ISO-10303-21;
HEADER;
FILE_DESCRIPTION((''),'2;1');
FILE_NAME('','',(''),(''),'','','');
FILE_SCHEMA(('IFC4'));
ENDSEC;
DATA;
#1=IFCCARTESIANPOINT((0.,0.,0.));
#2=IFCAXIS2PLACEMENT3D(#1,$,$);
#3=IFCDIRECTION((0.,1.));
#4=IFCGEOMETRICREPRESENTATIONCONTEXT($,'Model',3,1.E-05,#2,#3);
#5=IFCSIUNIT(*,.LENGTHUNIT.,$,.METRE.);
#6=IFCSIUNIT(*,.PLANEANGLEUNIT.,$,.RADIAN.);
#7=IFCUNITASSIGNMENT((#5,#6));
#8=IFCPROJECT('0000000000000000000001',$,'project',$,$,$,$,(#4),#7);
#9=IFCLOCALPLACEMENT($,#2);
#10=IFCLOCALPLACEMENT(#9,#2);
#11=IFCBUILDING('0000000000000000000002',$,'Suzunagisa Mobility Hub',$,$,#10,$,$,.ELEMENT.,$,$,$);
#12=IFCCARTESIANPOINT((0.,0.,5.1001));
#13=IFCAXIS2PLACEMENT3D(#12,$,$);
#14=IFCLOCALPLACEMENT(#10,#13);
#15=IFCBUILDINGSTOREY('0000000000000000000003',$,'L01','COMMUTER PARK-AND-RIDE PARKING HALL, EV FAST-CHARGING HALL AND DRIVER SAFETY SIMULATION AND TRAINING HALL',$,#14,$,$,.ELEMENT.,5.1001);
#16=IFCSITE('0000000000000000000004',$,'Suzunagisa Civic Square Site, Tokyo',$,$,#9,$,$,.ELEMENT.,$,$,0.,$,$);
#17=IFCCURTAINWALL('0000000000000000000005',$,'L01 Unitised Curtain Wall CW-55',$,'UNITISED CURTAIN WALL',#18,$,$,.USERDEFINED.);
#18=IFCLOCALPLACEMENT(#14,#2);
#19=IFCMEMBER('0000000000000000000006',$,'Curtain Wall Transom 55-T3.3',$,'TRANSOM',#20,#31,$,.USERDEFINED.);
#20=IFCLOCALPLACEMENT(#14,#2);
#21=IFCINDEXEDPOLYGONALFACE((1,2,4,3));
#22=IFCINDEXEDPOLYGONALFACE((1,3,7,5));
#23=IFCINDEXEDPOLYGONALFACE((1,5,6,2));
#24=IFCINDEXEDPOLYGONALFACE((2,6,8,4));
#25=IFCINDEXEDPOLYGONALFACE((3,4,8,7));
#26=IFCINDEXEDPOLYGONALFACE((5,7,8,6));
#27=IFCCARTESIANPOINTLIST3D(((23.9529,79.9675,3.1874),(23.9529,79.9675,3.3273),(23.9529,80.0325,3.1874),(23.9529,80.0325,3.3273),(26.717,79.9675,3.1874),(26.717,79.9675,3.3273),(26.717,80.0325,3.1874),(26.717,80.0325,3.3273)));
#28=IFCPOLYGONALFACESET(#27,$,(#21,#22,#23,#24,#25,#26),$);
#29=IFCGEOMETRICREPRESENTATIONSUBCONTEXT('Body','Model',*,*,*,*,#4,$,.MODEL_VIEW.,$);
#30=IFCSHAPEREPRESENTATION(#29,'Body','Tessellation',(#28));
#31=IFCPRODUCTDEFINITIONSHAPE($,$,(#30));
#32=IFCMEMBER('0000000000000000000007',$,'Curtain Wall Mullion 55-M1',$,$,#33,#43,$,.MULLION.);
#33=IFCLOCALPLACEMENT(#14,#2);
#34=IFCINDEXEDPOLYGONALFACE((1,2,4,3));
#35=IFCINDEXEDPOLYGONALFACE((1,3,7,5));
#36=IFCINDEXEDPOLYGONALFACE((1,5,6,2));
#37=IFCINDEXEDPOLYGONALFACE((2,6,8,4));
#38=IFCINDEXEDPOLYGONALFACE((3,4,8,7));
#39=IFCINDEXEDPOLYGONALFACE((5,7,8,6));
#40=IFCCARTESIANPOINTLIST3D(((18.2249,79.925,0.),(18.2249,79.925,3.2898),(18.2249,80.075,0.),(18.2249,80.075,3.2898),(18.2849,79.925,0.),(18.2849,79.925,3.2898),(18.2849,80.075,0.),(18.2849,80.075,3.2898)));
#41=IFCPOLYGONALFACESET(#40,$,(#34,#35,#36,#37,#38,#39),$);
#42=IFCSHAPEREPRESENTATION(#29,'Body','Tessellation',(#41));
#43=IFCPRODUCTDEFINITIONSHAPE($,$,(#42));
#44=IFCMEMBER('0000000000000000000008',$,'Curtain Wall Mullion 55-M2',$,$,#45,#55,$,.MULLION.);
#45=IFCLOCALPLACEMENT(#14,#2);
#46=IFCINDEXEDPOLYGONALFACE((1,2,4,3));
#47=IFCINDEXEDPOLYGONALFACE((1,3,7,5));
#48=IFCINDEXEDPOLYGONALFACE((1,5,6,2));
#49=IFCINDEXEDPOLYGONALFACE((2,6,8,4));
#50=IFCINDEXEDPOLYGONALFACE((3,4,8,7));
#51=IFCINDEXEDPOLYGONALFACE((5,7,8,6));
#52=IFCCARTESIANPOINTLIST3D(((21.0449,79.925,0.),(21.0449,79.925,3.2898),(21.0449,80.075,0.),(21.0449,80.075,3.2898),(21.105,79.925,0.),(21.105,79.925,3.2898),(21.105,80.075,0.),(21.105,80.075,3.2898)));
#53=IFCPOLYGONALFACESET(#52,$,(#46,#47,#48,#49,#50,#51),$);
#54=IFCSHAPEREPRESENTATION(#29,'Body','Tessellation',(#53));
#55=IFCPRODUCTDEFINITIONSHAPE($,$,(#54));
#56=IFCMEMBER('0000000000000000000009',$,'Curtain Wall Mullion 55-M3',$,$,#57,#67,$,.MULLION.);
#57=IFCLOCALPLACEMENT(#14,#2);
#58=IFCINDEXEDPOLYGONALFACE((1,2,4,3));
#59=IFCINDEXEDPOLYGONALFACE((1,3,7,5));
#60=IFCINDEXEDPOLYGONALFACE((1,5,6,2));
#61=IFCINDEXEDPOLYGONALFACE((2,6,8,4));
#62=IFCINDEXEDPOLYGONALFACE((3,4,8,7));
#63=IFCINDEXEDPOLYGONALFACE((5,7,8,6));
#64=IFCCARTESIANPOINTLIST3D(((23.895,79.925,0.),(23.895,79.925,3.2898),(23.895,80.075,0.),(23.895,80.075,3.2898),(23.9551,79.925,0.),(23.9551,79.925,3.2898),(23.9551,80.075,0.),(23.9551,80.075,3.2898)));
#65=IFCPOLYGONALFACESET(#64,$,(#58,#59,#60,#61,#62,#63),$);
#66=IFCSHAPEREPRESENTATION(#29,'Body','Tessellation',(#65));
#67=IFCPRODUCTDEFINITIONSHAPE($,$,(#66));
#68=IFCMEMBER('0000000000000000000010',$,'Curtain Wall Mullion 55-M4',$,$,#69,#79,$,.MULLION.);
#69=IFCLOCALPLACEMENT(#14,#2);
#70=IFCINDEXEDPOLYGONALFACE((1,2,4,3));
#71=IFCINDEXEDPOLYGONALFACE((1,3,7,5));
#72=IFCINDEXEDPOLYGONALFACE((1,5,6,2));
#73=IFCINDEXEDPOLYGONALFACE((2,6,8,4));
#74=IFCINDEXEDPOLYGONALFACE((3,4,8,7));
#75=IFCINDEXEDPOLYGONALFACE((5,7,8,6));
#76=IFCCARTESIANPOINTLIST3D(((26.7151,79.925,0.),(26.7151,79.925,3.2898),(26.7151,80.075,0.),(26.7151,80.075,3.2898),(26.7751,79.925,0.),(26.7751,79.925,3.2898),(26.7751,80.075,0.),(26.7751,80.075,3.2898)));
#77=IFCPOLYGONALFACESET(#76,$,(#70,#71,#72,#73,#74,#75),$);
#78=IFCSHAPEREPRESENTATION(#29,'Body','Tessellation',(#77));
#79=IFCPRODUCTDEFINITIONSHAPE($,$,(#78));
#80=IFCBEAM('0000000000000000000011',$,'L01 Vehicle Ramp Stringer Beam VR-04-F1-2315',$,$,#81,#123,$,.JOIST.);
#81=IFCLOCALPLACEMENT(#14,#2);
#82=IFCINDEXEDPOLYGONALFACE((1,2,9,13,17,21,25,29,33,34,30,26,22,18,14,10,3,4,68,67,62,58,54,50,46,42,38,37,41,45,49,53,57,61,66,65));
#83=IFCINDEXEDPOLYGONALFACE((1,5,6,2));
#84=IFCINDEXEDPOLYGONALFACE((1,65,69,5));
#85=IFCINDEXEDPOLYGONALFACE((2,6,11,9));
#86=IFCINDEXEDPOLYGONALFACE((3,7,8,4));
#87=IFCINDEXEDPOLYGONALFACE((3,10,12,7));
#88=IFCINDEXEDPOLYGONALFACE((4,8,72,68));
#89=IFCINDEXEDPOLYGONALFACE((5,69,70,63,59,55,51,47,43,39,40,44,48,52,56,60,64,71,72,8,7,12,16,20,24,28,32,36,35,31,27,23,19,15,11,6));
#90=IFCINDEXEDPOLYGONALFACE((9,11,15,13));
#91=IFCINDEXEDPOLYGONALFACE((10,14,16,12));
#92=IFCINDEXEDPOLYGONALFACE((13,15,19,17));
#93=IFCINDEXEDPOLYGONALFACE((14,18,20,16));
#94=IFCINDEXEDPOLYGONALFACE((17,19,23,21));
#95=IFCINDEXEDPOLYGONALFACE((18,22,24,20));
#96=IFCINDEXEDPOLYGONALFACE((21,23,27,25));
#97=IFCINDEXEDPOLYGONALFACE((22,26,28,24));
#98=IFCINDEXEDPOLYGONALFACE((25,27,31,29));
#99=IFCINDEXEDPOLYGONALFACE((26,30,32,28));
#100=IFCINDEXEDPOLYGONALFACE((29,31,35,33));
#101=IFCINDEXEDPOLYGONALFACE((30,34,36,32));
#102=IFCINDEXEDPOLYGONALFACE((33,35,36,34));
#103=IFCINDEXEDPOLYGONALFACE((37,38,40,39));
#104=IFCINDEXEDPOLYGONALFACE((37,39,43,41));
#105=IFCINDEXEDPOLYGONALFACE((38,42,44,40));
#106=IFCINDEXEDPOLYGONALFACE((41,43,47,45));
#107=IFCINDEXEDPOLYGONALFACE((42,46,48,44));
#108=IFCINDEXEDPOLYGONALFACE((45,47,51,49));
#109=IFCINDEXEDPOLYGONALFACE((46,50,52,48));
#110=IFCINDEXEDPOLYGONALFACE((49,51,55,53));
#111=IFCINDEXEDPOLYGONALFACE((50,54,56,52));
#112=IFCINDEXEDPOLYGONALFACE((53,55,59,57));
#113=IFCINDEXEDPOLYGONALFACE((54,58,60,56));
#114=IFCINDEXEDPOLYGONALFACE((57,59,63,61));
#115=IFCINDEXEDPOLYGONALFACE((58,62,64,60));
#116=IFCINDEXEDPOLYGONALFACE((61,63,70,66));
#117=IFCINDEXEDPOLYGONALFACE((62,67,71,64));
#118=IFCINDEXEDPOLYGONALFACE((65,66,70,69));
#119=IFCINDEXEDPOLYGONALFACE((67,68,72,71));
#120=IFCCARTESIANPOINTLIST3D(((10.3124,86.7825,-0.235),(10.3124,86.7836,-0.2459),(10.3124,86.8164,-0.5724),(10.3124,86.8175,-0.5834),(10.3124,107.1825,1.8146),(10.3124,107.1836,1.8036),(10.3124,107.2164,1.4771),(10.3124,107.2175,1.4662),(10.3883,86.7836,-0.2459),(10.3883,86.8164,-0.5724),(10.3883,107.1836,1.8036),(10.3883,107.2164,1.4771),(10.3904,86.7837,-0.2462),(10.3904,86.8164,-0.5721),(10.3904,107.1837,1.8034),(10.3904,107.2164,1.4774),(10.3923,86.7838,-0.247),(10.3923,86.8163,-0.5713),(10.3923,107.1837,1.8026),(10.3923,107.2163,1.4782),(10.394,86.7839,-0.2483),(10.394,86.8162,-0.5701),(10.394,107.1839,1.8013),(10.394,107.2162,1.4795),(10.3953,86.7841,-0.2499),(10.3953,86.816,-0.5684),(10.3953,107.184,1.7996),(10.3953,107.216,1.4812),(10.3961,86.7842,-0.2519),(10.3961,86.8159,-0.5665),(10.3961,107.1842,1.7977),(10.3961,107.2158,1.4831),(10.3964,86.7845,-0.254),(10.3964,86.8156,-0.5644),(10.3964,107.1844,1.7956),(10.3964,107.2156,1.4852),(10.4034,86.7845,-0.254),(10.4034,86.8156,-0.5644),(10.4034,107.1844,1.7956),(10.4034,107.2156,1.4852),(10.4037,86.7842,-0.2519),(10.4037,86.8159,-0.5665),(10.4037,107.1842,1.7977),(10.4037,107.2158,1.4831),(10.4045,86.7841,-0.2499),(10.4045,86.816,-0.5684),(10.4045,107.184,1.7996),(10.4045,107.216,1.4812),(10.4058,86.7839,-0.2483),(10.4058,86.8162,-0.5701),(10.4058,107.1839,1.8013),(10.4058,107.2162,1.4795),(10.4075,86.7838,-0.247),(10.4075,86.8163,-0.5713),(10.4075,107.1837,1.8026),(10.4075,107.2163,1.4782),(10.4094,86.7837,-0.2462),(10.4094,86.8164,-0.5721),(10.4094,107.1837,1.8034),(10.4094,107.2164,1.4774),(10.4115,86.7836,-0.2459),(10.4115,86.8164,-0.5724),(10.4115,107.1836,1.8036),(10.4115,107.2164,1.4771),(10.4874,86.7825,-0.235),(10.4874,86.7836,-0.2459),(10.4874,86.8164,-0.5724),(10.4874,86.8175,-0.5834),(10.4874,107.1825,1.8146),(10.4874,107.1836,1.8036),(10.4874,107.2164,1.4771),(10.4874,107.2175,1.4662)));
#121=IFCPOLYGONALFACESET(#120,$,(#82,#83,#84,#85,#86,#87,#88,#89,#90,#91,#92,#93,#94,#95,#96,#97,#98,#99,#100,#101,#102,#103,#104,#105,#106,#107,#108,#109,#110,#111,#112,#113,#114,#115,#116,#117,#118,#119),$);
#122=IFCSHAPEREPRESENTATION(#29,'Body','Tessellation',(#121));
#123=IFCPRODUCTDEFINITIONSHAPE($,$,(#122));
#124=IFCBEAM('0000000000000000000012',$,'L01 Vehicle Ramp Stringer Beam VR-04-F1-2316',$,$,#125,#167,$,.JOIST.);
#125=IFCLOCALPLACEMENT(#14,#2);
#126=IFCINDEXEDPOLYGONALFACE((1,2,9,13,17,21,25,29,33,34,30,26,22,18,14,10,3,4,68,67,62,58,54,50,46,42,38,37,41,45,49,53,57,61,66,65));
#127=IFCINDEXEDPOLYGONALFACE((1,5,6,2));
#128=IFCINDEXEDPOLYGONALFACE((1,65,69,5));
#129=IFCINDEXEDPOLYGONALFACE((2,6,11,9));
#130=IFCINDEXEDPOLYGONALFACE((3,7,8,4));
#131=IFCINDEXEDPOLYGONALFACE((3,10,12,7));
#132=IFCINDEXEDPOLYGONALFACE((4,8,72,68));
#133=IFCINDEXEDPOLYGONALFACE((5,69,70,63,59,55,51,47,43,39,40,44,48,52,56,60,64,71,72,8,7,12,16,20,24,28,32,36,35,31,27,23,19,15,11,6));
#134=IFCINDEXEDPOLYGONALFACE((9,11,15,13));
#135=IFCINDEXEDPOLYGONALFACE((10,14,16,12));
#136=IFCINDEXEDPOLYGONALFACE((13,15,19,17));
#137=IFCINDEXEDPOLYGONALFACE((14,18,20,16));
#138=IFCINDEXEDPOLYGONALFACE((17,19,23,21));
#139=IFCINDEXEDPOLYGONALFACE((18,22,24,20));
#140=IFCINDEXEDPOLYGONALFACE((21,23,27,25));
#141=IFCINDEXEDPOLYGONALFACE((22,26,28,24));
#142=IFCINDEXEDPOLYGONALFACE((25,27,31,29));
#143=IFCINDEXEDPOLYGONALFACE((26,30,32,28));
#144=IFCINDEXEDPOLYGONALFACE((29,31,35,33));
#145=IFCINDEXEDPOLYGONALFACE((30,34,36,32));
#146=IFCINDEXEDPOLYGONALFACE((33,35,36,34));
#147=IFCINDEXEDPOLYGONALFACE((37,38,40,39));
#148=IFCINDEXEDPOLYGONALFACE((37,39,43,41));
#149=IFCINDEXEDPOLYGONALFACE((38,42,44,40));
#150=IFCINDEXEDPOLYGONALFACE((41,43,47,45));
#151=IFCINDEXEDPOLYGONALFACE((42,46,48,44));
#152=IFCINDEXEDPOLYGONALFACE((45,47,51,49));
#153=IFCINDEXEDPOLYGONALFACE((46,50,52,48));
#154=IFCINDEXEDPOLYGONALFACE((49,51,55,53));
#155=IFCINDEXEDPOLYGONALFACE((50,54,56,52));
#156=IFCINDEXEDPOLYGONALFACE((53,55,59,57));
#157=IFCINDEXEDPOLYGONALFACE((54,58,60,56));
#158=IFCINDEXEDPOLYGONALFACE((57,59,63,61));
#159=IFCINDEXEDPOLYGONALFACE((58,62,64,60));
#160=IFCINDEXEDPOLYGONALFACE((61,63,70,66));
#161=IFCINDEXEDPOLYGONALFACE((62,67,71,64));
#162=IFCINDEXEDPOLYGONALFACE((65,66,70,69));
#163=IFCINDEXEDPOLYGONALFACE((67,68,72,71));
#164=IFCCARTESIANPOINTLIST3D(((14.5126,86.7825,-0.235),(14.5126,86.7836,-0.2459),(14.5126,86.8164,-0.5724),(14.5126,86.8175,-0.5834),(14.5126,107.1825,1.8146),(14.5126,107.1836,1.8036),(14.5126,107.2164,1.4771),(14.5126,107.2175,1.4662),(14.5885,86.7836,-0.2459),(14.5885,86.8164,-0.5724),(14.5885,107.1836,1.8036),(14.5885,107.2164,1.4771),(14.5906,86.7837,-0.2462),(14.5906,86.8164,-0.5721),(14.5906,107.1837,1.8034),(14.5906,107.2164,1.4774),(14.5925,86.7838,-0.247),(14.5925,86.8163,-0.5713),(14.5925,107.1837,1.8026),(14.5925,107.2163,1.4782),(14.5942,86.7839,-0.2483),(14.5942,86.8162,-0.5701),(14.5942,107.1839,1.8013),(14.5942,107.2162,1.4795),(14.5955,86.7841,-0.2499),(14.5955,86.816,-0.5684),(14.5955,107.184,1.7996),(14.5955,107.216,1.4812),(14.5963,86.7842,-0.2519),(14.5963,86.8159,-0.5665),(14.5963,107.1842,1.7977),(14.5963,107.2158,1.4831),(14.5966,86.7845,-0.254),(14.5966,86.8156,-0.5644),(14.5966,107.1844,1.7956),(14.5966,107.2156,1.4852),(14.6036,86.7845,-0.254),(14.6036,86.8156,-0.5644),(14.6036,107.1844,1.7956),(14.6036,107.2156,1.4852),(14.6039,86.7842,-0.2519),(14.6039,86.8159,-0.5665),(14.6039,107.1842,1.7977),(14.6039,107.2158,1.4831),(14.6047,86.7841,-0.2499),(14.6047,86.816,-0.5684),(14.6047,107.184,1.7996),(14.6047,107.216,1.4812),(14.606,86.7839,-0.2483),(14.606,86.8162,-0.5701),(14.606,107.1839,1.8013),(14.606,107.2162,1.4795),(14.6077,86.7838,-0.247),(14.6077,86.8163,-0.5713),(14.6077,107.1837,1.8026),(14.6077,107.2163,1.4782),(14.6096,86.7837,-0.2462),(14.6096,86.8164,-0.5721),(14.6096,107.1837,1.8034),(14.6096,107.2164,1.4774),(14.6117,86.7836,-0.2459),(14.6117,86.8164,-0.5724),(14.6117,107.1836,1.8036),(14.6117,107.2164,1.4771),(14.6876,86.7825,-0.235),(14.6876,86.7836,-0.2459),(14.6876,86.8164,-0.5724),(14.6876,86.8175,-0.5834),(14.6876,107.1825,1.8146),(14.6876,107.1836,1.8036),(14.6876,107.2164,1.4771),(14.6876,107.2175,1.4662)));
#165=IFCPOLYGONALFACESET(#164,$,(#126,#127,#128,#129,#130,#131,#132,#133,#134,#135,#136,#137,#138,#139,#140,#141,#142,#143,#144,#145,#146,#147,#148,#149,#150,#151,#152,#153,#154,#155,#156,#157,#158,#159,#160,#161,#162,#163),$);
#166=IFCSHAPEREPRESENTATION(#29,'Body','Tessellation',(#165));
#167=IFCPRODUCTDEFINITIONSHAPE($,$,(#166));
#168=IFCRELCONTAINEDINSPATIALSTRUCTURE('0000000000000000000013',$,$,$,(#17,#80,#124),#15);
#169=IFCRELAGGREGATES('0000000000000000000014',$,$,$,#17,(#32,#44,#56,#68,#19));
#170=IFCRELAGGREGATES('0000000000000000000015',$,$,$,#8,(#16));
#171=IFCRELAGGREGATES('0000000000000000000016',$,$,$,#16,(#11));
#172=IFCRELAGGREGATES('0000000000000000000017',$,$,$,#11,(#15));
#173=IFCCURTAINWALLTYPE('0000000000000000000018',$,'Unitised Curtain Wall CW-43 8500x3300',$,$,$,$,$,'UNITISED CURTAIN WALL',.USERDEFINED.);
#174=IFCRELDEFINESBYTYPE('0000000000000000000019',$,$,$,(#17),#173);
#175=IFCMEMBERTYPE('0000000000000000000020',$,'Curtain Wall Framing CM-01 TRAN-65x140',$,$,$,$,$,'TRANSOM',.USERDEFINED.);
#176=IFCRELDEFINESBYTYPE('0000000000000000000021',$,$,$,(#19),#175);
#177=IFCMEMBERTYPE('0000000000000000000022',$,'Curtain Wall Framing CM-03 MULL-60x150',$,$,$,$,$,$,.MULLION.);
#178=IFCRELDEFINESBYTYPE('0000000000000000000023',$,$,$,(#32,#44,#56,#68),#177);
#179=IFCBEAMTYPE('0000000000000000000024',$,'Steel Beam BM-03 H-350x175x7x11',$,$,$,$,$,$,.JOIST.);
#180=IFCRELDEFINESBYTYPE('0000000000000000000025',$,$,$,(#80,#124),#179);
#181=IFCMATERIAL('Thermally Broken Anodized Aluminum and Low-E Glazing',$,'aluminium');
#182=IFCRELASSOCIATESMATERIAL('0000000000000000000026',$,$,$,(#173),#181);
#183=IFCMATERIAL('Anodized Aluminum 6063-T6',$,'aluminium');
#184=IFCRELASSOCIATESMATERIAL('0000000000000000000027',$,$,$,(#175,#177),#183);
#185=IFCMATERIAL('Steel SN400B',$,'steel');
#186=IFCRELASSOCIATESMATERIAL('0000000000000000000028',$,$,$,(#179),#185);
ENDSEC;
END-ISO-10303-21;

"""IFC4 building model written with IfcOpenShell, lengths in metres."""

from ifc_helpers import new_model, si_unit, direction, frame, origin, origin_2d, place, context, subcontext, project, spatial, rectangle, i_section, extrude, material, material_profile, profile_set, type_object, element, aggregate, save


model = new_model("IFC4")

# Units and contexts
model_context = context("Model", 3, precision=1e-05, world=origin(), true_north=direction((0.0, 1.0)))
body_context = subcontext(model_context, "Body", "Model", "MODEL_VIEW")
ifc_project = project(units=[si_unit("LENGTHUNIT", "METRE"), si_unit("PLANEANGLEUNIT", "RADIAN")], contexts=[model_context])

# Site, building, storey
site_placement = place(None, origin())
site = spatial("IfcSite", under=ifc_project, at=site_placement, Name="Suzunagisa Civic Square Site, Tokyo", CompositionType="ELEMENT", RefElevation=0.0)
building_placement = place(site_placement, origin())
building = spatial("IfcBuilding", under=site, at=building_placement, Name="Suzunagisa Mobility Hub", CompositionType="ELEMENT")
storey_placement = place(building_placement, frame((0.0, 0.0, 5.1001)))
storey = spatial("IfcBuildingStorey", under=building, at=storey_placement, Name="L01", Description="COMMUTER PARK-AND-RIDE PARKING HALL, EV FAST-CHARGING HALL AND DRIVER SAFETY SIMULATION AND TRAINING HALL", CompositionType="ELEMENT", Elevation=5.1001)

# Curtain wall, members
ifc_material_1 = material(Name="Thermally Broken Anodized Aluminum and Low-E Glazing", Category="aluminium")
curtain_wall_type = type_object("IfcCurtainWallType", Name="Unitised Curtain Wall CW-43 8500x3300", ElementType="UNITISED CURTAIN WALL", PredefinedType="USERDEFINED", material=ifc_material_1)
curtain_wall_placement = place(storey_placement, origin())
curtain_wall = element("IfcCurtainWall", 1, at=curtain_wall_placement, inside=storey, type_object=curtain_wall_type, Name="L01 Unitised Curtain Wall CW-55", ObjectType="UNITISED CURTAIN WALL", PredefinedType="USERDEFINED")
ifc_material_2 = material(Name="Anodized Aluminum 6063-T6", Category="aluminium")
ifc_material_profile_1 = material_profile(ifc_material_2, rectangle(XDim=0.0649, YDim=0.1399, at=origin_2d()), Name="TRAN-65x140")
ifc_profile_set_1 = profile_set([ifc_material_profile_1], Name="Anodized Aluminum 6063-T6")
member_type_1 = type_object("IfcMemberType", Name="Curtain Wall Framing CM-01 TRAN-65x140", ElementType="TRANSOM", PredefinedType="USERDEFINED", material=ifc_profile_set_1)
member_1_placement = place(storey_placement, frame((23.9529, 80.0, 3.2573), z_axis=(1.0, 0.0, 0.0), x_axis=(0.0, 1.0, 0.0)))
member_1 = element("IfcMember", 2, at=member_1_placement, type_object=member_type_1, Name="Curtain Wall Transom 55-T3.3", ObjectType="TRANSOM", PredefinedType="USERDEFINED", context=body_context, shape_type="SweptSolid", body=[
    extrude(rectangle(XDim=0.0649, YDim=0.1399, at=origin_2d()), origin(), (0.0, 0.0, 1.0), 2.7642),
])
ifc_material_profile_2 = material_profile(ifc_material_2, rectangle(XDim=0.0601, YDim=0.1499, at=origin_2d()), Name="MULL-60x150")
ifc_profile_set_2 = profile_set([ifc_material_profile_2], Name="Anodized Aluminum 6063-T6")
member_type_2 = type_object("IfcMemberType", Name="Curtain Wall Framing CM-03 MULL-60x150", PredefinedType="MULLION", material=ifc_profile_set_2)
member_2_placement = place(storey_placement, frame((18.2549, 80.0, 0.0), z_axis=(0.0, 0.0, 1.0), x_axis=(1.0, 0.0, 0.0)))
member_2 = element("IfcMember", 3, at=member_2_placement, type_object=member_type_2, Name="Curtain Wall Mullion 55-M1", PredefinedType="MULLION", context=body_context, shape_type="SweptSolid", body=[
    extrude(rectangle(XDim=0.0601, YDim=0.1499, at=origin_2d()), origin(), (0.0, 0.0, 1.0), 3.2898),
])
member_3_placement = place(storey_placement, frame((21.075, 80.0, 0.0), z_axis=(0.0, 0.0, 1.0), x_axis=(1.0, 0.0, 0.0)))
member_3 = element("IfcMember", 4, at=member_3_placement, type_object=member_type_2, Name="Curtain Wall Mullion 55-M2", PredefinedType="MULLION", context=body_context, shape_type="SweptSolid", body=[
    extrude(rectangle(XDim=0.0601, YDim=0.1499, at=origin_2d()), origin(), (0.0, 0.0, 1.0), 3.2898),
])
member_4_placement = place(storey_placement, frame((23.925, 80.0, 0.0), z_axis=(0.0, 0.0, 1.0), x_axis=(1.0, 0.0, 0.0)))
member_4 = element("IfcMember", 5, at=member_4_placement, type_object=member_type_2, Name="Curtain Wall Mullion 55-M3", PredefinedType="MULLION", context=body_context, shape_type="SweptSolid", body=[
    extrude(rectangle(XDim=0.0601, YDim=0.1499, at=origin_2d()), origin(), (0.0, 0.0, 1.0), 3.2898),
])
member_5_placement = place(storey_placement, frame((26.7451, 80.0, 0.0), z_axis=(0.0, 0.0, 1.0), x_axis=(1.0, 0.0, 0.0)))
member_5 = element("IfcMember", 6, at=member_5_placement, type_object=member_type_2, Name="Curtain Wall Mullion 55-M4", PredefinedType="MULLION", context=body_context, shape_type="SweptSolid", body=[
    extrude(rectangle(XDim=0.0601, YDim=0.1499, at=origin_2d()), origin(), (0.0, 0.0, 1.0), 3.2898),
])

# Beams
ifc_material_3 = material(Name="Steel SN400B", Category="steel")
ifc_material_profile_3 = material_profile(ifc_material_3, i_section(OverallWidth=0.175, OverallDepth=0.3501, WebThickness=0.0071, FlangeThickness=0.011, FilletRadius=0.0081, at=origin_2d()), Name="H-350x175x7x11")
ifc_profile_set_3 = profile_set([ifc_material_profile_3], Name="Steel SN400B")
beam_type_1 = type_object("IfcBeamType", Name="Steel Beam BM-03 H-350x175x7x11", PredefinedType="JOIST", material=ifc_profile_set_3)
for number, where, z_axis, x_axis, name in (
    (7, (10.3999, 86.8, -0.4092), (0.0, 0.994991, 0.099966), (-1.0, 0.0, 0.0), "L01 Vehicle Ramp Stringer Beam VR-04-F1-2315"),
    (8, (14.6001, 86.8, -0.4092), (0.0, 0.994991, 0.099966), (-1.0, 0.0, 0.0), "L01 Vehicle Ramp Stringer Beam VR-04-F1-2316"),
):
    element("IfcBeam", number, at=place(storey_placement, frame(where, z_axis=z_axis, x_axis=x_axis)), inside=storey, type_object=beam_type_1, Name=name, PredefinedType="JOIST", context=body_context, shape_type="SweptSolid", body=[
        extrude(i_section(OverallWidth=0.175, OverallDepth=0.3501, WebThickness=0.0071, FlangeThickness=0.011, FilletRadius=0.0081, at=origin_2d()), origin(), (0.0, 0.0, 1.0), 20.5027),
    ])

aggregate(curtain_wall, [member_2, member_3, member_4, member_5, member_1])

save(model, "model.ifc")
